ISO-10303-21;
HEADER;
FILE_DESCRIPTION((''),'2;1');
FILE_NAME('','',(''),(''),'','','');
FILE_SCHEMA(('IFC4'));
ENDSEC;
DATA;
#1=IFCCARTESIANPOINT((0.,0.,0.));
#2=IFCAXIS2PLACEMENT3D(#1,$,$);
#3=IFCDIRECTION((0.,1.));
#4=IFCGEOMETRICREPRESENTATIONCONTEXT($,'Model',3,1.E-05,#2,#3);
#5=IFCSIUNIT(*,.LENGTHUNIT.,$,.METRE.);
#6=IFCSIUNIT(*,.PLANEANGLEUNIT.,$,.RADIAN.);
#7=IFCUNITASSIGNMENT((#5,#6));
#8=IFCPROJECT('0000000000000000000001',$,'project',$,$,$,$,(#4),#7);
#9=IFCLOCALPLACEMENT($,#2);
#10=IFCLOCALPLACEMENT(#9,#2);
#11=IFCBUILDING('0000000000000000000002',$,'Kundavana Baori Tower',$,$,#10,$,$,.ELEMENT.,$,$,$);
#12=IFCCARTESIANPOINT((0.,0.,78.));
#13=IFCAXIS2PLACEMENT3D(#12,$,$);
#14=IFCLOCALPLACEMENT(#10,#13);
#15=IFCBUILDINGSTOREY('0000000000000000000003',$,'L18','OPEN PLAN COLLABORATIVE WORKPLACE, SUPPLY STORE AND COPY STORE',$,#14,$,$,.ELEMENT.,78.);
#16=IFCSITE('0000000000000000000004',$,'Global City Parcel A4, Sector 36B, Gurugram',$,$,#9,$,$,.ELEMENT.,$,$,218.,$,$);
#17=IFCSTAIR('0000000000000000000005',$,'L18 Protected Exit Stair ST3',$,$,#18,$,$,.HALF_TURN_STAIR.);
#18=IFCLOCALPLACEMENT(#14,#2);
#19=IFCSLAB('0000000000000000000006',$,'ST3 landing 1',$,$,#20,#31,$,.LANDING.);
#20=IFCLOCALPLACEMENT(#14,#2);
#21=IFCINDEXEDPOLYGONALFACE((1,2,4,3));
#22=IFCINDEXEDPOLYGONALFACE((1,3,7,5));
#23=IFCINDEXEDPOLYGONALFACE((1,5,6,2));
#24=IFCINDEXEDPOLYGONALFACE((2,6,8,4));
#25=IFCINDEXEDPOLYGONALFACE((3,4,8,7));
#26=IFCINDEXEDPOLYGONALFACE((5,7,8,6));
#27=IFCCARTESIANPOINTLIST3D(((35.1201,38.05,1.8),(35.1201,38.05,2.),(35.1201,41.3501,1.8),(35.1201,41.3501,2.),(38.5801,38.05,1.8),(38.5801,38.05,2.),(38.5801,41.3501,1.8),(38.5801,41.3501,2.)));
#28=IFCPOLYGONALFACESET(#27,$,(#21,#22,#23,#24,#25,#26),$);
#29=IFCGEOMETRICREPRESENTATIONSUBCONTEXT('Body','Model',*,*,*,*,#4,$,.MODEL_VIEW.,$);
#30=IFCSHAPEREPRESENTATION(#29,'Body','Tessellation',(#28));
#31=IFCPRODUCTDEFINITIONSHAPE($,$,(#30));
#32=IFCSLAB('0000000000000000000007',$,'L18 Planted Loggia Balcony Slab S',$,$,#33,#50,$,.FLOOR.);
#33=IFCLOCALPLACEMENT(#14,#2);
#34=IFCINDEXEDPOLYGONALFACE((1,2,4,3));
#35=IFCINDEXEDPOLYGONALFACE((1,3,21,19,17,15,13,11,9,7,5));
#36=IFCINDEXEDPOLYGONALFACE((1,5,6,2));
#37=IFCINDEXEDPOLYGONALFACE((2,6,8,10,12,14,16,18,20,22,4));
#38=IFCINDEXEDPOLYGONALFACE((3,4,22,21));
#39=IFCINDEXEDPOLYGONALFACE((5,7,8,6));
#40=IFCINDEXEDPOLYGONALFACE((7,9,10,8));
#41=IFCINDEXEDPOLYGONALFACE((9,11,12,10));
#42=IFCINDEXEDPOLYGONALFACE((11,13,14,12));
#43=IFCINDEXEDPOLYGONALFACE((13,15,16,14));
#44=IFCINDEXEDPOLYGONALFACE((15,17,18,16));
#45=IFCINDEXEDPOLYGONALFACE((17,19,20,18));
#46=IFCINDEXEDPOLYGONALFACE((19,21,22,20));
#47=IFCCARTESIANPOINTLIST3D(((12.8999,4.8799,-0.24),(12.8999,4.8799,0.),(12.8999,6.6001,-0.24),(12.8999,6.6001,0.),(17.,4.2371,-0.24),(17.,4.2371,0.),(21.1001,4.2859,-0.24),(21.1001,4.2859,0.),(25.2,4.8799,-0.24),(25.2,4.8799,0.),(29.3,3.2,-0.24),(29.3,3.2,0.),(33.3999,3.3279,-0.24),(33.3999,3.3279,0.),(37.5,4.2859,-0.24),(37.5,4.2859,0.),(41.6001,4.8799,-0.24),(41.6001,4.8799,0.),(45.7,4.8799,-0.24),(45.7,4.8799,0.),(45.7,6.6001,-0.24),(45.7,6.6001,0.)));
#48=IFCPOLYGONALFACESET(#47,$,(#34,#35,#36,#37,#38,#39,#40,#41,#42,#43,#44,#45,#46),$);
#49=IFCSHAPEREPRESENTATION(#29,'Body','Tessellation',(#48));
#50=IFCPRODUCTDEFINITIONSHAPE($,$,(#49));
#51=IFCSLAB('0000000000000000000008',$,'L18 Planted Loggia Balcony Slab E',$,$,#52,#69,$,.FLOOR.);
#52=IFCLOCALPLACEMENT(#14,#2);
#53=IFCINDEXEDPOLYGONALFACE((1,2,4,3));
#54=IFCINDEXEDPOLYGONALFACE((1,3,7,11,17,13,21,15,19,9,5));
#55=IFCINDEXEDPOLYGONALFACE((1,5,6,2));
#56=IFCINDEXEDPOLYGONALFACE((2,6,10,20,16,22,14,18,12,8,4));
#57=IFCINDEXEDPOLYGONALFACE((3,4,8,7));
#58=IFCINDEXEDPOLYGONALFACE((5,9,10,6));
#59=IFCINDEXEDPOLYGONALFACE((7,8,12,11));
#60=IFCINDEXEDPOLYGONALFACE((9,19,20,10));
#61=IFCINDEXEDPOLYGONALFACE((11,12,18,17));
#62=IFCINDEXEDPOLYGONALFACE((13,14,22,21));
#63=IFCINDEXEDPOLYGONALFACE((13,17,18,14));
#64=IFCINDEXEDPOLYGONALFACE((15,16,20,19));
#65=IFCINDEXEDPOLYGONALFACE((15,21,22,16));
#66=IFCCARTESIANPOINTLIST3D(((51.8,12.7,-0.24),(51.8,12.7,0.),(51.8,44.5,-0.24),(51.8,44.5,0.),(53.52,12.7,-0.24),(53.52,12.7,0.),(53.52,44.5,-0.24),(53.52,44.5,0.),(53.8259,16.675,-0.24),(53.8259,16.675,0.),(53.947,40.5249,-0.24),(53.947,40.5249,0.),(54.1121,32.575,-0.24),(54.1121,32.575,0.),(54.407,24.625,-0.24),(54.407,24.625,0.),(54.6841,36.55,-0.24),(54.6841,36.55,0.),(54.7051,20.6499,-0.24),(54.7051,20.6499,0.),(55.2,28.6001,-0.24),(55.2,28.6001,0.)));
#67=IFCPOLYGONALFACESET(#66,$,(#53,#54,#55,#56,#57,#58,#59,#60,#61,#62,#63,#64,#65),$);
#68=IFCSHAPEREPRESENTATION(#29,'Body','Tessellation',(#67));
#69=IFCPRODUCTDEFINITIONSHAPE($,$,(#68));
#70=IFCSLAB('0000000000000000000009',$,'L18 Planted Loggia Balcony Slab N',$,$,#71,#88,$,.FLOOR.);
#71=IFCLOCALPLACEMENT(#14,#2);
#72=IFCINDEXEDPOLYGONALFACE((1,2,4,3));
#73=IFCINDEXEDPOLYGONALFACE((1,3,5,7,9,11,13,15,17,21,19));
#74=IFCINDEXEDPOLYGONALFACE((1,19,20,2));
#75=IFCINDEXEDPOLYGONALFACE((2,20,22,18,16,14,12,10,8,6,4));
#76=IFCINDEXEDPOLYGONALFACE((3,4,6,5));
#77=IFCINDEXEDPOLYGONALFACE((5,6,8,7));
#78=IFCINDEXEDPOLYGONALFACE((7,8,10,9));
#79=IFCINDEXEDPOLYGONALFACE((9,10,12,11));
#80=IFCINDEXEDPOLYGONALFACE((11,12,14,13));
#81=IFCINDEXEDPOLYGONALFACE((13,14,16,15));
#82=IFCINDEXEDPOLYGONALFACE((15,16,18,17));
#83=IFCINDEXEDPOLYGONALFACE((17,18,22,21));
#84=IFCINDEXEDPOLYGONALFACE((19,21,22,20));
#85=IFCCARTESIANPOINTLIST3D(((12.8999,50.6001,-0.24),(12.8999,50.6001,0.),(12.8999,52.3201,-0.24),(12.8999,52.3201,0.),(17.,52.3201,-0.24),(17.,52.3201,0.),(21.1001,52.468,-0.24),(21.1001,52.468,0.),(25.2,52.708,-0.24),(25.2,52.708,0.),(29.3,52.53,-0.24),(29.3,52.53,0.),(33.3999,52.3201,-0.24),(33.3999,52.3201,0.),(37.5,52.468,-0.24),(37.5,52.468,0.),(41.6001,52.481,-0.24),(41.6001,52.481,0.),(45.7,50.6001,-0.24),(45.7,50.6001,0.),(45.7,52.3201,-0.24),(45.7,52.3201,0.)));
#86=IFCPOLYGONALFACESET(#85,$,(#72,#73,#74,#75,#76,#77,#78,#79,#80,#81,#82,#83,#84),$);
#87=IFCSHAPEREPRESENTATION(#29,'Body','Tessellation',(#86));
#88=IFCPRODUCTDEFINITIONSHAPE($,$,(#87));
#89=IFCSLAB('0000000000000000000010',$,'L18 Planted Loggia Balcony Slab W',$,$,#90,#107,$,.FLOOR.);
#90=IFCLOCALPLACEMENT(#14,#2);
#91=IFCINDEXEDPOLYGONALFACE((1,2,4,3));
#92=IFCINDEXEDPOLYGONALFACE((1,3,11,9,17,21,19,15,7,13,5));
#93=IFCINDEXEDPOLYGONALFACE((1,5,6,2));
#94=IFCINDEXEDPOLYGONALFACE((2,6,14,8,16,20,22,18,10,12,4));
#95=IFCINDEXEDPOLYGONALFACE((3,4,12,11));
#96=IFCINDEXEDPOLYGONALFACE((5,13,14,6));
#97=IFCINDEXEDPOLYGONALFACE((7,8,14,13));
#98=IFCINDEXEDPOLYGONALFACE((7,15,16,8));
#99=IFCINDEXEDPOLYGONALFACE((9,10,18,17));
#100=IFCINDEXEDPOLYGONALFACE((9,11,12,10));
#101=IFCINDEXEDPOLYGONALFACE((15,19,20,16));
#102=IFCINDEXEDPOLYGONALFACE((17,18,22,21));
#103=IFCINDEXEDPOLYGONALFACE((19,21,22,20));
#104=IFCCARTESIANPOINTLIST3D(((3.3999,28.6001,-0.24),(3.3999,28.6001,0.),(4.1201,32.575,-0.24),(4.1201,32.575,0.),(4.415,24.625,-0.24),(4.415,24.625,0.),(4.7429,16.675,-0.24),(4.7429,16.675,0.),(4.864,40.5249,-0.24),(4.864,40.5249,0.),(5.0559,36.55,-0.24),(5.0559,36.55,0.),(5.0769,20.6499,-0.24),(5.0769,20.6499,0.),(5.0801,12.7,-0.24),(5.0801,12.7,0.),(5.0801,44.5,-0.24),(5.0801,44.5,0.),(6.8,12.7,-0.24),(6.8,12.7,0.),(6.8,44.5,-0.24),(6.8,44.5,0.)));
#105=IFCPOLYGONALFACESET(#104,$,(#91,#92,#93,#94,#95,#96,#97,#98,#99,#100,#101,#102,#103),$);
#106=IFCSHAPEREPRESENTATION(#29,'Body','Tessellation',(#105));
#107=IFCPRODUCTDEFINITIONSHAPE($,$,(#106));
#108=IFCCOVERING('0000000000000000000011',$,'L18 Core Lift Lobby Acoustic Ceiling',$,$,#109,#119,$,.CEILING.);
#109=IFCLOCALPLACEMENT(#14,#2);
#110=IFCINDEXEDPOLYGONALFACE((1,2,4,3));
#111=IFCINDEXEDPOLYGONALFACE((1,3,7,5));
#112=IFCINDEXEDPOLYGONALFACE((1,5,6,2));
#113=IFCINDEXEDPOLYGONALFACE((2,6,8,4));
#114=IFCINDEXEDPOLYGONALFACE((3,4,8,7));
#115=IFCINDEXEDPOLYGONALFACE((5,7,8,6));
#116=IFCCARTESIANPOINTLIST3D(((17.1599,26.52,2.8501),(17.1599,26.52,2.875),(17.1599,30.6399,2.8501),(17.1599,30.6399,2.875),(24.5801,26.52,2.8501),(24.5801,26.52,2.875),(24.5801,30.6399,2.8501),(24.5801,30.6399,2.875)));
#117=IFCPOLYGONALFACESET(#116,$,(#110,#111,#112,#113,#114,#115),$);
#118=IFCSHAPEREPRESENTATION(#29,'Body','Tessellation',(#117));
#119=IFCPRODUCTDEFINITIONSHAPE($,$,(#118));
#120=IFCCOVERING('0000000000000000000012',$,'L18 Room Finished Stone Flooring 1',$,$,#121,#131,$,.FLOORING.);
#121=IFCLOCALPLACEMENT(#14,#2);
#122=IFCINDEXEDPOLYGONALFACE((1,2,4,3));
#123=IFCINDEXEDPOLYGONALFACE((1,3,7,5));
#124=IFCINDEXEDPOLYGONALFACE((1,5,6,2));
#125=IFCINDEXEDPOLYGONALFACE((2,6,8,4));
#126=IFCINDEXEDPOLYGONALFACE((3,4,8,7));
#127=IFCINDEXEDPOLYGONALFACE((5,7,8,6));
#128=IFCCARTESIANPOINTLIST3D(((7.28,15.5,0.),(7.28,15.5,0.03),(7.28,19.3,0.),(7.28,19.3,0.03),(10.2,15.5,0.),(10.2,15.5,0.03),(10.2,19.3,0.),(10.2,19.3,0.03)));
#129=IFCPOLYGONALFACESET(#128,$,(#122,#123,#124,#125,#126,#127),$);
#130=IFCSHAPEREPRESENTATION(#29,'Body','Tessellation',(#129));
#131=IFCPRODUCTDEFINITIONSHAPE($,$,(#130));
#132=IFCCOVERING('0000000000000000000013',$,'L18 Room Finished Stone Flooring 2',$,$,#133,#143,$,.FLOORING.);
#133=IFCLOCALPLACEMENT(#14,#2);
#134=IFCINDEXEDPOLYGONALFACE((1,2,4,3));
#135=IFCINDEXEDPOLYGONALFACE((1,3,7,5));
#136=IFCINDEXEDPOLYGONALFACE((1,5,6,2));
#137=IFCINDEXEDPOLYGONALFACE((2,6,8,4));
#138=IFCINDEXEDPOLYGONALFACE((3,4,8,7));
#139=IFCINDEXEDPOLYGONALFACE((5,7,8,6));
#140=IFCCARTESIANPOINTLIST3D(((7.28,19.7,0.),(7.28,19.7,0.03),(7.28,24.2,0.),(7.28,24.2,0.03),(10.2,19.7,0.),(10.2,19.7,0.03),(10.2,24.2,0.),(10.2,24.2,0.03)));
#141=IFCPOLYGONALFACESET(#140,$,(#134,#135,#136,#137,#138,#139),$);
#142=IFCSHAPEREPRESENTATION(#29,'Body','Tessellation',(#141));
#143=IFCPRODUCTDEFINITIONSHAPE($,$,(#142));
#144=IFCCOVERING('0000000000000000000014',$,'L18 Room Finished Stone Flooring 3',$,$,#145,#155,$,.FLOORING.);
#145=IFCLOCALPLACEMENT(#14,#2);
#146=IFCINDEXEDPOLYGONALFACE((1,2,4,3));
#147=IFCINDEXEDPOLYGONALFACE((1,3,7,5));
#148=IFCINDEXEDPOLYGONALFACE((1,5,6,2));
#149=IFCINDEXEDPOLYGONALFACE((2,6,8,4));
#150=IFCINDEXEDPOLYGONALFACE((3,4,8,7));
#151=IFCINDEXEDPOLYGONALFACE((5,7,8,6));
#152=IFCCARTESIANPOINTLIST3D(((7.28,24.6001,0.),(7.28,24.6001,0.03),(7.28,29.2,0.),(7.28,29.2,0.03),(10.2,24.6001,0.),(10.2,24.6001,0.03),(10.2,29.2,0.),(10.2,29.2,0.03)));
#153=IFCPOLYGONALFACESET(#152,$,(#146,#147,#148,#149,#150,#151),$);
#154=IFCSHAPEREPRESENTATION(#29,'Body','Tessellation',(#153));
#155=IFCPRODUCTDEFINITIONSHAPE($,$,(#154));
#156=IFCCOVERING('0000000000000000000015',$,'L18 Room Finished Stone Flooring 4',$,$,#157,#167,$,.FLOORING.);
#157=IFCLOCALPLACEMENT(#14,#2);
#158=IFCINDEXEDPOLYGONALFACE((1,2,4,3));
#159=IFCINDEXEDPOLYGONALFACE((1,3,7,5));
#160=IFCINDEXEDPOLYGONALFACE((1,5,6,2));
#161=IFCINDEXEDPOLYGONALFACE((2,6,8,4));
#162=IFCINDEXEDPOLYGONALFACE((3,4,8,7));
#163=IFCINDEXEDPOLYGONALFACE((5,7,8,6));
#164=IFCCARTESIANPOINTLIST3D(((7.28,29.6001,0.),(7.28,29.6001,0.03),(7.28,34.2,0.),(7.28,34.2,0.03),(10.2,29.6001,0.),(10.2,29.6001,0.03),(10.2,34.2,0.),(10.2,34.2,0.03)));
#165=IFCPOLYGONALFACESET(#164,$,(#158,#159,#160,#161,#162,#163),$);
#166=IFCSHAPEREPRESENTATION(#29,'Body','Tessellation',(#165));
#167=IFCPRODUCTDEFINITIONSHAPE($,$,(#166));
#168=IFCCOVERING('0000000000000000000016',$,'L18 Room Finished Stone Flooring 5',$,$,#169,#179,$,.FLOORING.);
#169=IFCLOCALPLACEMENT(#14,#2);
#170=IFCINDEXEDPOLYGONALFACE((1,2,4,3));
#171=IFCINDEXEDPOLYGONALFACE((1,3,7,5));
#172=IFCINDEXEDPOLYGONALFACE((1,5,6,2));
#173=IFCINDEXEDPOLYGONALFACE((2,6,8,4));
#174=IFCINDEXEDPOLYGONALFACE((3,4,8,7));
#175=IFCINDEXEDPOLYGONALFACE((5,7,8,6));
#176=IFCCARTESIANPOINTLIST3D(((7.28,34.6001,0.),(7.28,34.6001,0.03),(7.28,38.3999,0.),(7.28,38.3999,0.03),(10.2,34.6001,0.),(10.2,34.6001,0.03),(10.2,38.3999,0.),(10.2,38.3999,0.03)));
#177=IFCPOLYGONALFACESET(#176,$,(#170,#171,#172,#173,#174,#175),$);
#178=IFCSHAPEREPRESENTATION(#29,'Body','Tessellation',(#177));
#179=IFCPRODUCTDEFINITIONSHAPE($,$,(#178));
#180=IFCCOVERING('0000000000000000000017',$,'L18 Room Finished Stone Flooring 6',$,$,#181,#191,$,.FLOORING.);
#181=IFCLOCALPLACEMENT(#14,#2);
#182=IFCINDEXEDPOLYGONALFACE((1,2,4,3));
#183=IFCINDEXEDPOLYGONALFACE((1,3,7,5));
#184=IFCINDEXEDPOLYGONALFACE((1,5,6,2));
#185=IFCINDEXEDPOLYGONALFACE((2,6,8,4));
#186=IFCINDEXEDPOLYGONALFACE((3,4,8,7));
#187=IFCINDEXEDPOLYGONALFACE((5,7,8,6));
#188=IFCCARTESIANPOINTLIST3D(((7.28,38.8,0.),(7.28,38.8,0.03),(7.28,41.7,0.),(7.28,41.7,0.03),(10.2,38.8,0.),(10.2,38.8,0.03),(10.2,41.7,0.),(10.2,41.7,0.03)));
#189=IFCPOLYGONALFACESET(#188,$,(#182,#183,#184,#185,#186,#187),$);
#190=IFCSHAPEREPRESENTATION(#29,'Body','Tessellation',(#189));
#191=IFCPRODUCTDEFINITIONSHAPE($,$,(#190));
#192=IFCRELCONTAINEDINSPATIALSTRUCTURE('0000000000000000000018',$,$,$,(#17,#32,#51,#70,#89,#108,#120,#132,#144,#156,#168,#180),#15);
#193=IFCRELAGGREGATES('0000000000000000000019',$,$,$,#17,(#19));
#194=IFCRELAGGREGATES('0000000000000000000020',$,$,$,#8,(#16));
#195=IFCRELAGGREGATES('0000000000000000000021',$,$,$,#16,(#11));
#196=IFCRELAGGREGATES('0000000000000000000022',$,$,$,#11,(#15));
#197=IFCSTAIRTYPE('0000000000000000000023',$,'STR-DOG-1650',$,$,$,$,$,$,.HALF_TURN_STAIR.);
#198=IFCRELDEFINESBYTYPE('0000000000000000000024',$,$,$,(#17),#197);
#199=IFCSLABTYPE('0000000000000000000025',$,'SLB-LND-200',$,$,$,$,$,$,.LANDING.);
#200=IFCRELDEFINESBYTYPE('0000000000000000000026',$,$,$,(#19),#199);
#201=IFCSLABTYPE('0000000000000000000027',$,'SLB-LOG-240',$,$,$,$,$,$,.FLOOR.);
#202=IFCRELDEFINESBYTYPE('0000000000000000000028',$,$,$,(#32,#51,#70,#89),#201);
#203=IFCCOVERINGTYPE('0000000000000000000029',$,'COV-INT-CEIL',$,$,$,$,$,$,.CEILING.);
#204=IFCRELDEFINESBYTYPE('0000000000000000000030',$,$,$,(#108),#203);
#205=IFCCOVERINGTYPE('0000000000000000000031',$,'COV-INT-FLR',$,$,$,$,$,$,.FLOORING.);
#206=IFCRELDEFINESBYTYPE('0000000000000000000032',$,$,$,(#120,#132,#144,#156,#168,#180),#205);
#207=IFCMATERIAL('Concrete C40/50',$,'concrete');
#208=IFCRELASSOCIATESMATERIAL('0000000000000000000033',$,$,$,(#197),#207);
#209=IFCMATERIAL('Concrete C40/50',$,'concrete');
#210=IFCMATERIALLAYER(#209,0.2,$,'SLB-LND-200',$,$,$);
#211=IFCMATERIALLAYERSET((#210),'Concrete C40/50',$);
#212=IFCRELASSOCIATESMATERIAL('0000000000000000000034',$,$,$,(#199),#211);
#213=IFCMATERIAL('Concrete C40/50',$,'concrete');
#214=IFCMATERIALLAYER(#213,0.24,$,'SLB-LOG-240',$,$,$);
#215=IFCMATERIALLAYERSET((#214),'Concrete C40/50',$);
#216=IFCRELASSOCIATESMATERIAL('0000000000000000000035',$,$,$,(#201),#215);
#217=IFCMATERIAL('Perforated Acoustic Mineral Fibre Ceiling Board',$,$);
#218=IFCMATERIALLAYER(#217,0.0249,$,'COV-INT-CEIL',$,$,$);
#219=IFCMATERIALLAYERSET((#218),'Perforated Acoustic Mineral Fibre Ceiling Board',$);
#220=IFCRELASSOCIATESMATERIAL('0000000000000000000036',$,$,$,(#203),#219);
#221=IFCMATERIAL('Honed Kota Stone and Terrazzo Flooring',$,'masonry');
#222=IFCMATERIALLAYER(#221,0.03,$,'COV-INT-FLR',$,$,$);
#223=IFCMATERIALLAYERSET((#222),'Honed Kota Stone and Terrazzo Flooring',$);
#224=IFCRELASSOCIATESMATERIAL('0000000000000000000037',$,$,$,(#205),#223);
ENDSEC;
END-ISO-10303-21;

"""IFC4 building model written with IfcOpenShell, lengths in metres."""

from ifc_helpers import new_model, si_unit, direction, frame, origin, place, context, subcontext, project, spatial, polyline, outline, extrude, material, layer, layer_set, type_object, element, aggregate, save


model = new_model("IFC4")

# Units and contexts
model_context = context("Model", 3, precision=1e-05, world=origin(), true_north=direction((0.0, 1.0)))
body_context = subcontext(model_context, "Body", "Model", "MODEL_VIEW")
ifc_project = project(units=[si_unit("LENGTHUNIT", "METRE"), si_unit("PLANEANGLEUNIT", "RADIAN")], contexts=[model_context])

# Site, building, storey
site_placement = place(None, origin())
site = spatial("IfcSite", under=ifc_project, at=site_placement, Name="Global City Parcel A4, Sector 36B, Gurugram", CompositionType="ELEMENT", RefElevation=218.0)
building_placement = place(site_placement, origin())
building = spatial("IfcBuilding", under=site, at=building_placement, Name="Kundavana Baori Tower", CompositionType="ELEMENT")
storey_placement = place(building_placement, frame((0.0, 0.0, 78.0)))
storey = spatial("IfcBuildingStorey", under=building, at=storey_placement, Name="L18", Description="OPEN PLAN COLLABORATIVE WORKPLACE, SUPPLY STORE AND COPY STORE", CompositionType="ELEMENT", Elevation=78.0)

# Stair, slab
ifc_material_1 = material(Name="Concrete C40/50", Category="concrete")
stair_type = type_object("IfcStairType", Name="STR-DOG-1650", PredefinedType="HALF_TURN_STAIR", material=ifc_material_1)
ifc_material_2 = material(Name="Concrete C40/50", Category="concrete")
ifc_layer_1 = layer(ifc_material_2, 0.2, Name="SLB-LND-200")
ifc_layer_set_1 = layer_set([ifc_layer_1], Name="Concrete C40/50")
slab_type_1 = type_object("IfcSlabType", Name="SLB-LND-200", PredefinedType="LANDING", material=ifc_layer_set_1)
stair_1_placement = place(storey_placement, origin())
stair_1 = element("IfcStair", 1, at=stair_1_placement, inside=storey, type_object=stair_type, Name="L18 Protected Exit Stair ST3", PredefinedType="HALF_TURN_STAIR")
slab_1_placement = place(storey_placement, frame((0.0, 0.0, 1.8)))
slab_1 = element("IfcSlab", 2, at=slab_1_placement, type_object=slab_type_1, Name="ST3 landing 1", PredefinedType="LANDING", context=body_context, shape_type="SweptSolid", body=[
    extrude(outline(polyline([(38.5801, 38.05), (38.5801, 41.3501), (35.1201, 41.3501), (35.1201, 38.05), (38.5801, 38.05)])), origin(), (0.0, 0.0, 1.0), 0.2),
])
aggregate(stair_1, [slab_1])

# Slabs
ifc_material_3 = material(Name="Concrete C40/50", Category="concrete")
ifc_layer_2 = layer(ifc_material_3, 0.24, Name="SLB-LOG-240")
ifc_layer_set_2 = layer_set([ifc_layer_2], Name="Concrete C40/50")
slab_type_2 = type_object("IfcSlabType", Name="SLB-LOG-240", PredefinedType="FLOOR", material=ifc_layer_set_2)
slab_2_placement = place(storey_placement, frame((0.0, 0.0, -0.24)))
element("IfcSlab", 3, at=slab_2_placement, inside=storey, type_object=slab_type_2, Name="L18 Planted Loggia Balcony Slab S", PredefinedType="FLOOR", context=body_context, shape_type="SweptSolid", body=[
    extrude(outline(polyline([(12.8999, 6.6001), (45.7, 6.6001), (45.7, 4.8799), (41.6001, 4.8799), (37.5, 4.2859), (33.3999, 3.3279), (29.3, 3.2), (25.2, 4.8799), (21.1001, 4.2859), (17.0, 4.2371), (12.8999, 4.8799), (12.8999, 6.6001)])), origin(), (0.0, 0.0, 1.0), 0.24),
])
slab_3_placement = place(storey_placement, frame((0.0, 0.0, -0.24)))
element("IfcSlab", 4, at=slab_3_placement, inside=storey, type_object=slab_type_2, Name="L18 Planted Loggia Balcony Slab E", PredefinedType="FLOOR", context=body_context, shape_type="SweptSolid", body=[
    extrude(outline(polyline([(51.8, 12.7), (51.8, 44.5), (53.52, 44.5), (53.947, 40.5249), (54.6841, 36.55), (54.1121, 32.575), (55.2, 28.6001), (54.407, 24.625), (54.7051, 20.6499), (53.8259, 16.675), (53.52, 12.7), (51.8, 12.7)])), origin(), (0.0, 0.0, 1.0), 0.24),
])
slab_4_placement = place(storey_placement, frame((0.0, 0.0, -0.24)))
element("IfcSlab", 5, at=slab_4_placement, inside=storey, type_object=slab_type_2, Name="L18 Planted Loggia Balcony Slab N", PredefinedType="FLOOR", context=body_context, shape_type="SweptSolid", body=[
    extrude(outline(polyline([(45.7, 50.6001), (12.8999, 50.6001), (12.8999, 52.3201), (17.0, 52.3201), (21.1001, 52.468), (25.2, 52.708), (29.3, 52.53), (33.3999, 52.3201), (37.5, 52.468), (41.6001, 52.481), (45.7, 52.3201), (45.7, 50.6001)])), origin(), (0.0, 0.0, 1.0), 0.24),
])
slab_5_placement = place(storey_placement, frame((0.0, 0.0, -0.24)))
element("IfcSlab", 6, at=slab_5_placement, inside=storey, type_object=slab_type_2, Name="L18 Planted Loggia Balcony Slab W", PredefinedType="FLOOR", context=body_context, shape_type="SweptSolid", body=[
    extrude(outline(polyline([(6.8, 44.5), (6.8, 12.7), (5.0801, 12.7), (4.7429, 16.675), (5.0769, 20.6499), (4.415, 24.625), (3.3999, 28.6001), (4.1201, 32.575), (5.0559, 36.55), (4.864, 40.5249), (5.0801, 44.5), (6.8, 44.5)])), origin(), (0.0, 0.0, 1.0), 0.24),
])

# Coverings
ifc_material_4 = material(Name="Perforated Acoustic Mineral Fibre Ceiling Board")
ifc_layer_3 = layer(ifc_material_4, 0.0249, Name="COV-INT-CEIL")
ifc_layer_set_3 = layer_set([ifc_layer_3], Name="Perforated Acoustic Mineral Fibre Ceiling Board")
covering_type_1 = type_object("IfcCoveringType", Name="COV-INT-CEIL", PredefinedType="CEILING", material=ifc_layer_set_3)
covering_1_placement = place(storey_placement, frame((0.0, 0.0, 2.8501)))
element("IfcCovering", 7, at=covering_1_placement, inside=storey, type_object=covering_type_1, Name="L18 Core Lift Lobby Acoustic Ceiling", PredefinedType="CEILING", context=body_context, shape_type="SweptSolid", body=[
    extrude(outline(polyline([(17.1599, 26.52), (24.5801, 26.52), (24.5801, 30.6399), (17.1599, 30.6399), (17.1599, 26.52)])), origin(), (0.0, 0.0, 1.0), 0.0249),
])
ifc_material_5 = material(Name="Honed Kota Stone and Terrazzo Flooring", Category="masonry")
ifc_layer_4 = layer(ifc_material_5, 0.03, Name="COV-INT-FLR")
ifc_layer_set_4 = layer_set([ifc_layer_4], Name="Honed Kota Stone and Terrazzo Flooring")
covering_type_2 = type_object("IfcCoveringType", Name="COV-INT-FLR", PredefinedType="FLOORING", material=ifc_layer_set_4)
covering_2_placement = place(storey_placement, origin())
element("IfcCovering", 8, at=covering_2_placement, inside=storey, type_object=covering_type_2, Name="L18 Room Finished Stone Flooring 1", PredefinedType="FLOORING", context=body_context, shape_type="SweptSolid", body=[
    extrude(outline(polyline([(7.28, 15.5), (10.2, 15.5), (10.2, 19.3), (7.28, 19.3), (7.28, 15.5)])), origin(), (0.0, 0.0, 1.0), 0.03),
])
covering_3_placement = place(storey_placement, origin())
element("IfcCovering", 9, at=covering_3_placement, inside=storey, type_object=covering_type_2, Name="L18 Room Finished Stone Flooring 2", PredefinedType="FLOORING", context=body_context, shape_type="SweptSolid", body=[
    extrude(outline(polyline([(7.28, 19.7), (10.2, 19.7), (10.2, 24.2), (7.28, 24.2), (7.28, 19.7)])), origin(), (0.0, 0.0, 1.0), 0.03),
])
covering_4_placement = place(storey_placement, origin())
element("IfcCovering", 10, at=covering_4_placement, inside=storey, type_object=covering_type_2, Name="L18 Room Finished Stone Flooring 3", PredefinedType="FLOORING", context=body_context, shape_type="SweptSolid", body=[
    extrude(outline(polyline([(7.28, 24.6001), (10.2, 24.6001), (10.2, 29.2), (7.28, 29.2), (7.28, 24.6001)])), origin(), (0.0, 0.0, 1.0), 0.03),
])
covering_5_placement = place(storey_placement, origin())
element("IfcCovering", 11, at=covering_5_placement, inside=storey, type_object=covering_type_2, Name="L18 Room Finished Stone Flooring 4", PredefinedType="FLOORING", context=body_context, shape_type="SweptSolid", body=[
    extrude(outline(polyline([(7.28, 29.6001), (10.2, 29.6001), (10.2, 34.2), (7.28, 34.2), (7.28, 29.6001)])), origin(), (0.0, 0.0, 1.0), 0.03),
])
covering_6_placement = place(storey_placement, origin())
element("IfcCovering", 12, at=covering_6_placement, inside=storey, type_object=covering_type_2, Name="L18 Room Finished Stone Flooring 5", PredefinedType="FLOORING", context=body_context, shape_type="SweptSolid", body=[
    extrude(outline(polyline([(7.28, 34.6001), (10.2, 34.6001), (10.2, 38.3999), (7.28, 38.3999), (7.28, 34.6001)])), origin(), (0.0, 0.0, 1.0), 0.03),
])
covering_7_placement = place(storey_placement, origin())
element("IfcCovering", 13, at=covering_7_placement, inside=storey, type_object=covering_type_2, Name="L18 Room Finished Stone Flooring 6", PredefinedType="FLOORING", context=body_context, shape_type="SweptSolid", body=[
    extrude(outline(polyline([(7.28, 38.8), (10.2, 38.8), (10.2, 41.7), (7.28, 41.7), (7.28, 38.8)])), origin(), (0.0, 0.0, 1.0), 0.03),
])

save(model, "model.ifc")
